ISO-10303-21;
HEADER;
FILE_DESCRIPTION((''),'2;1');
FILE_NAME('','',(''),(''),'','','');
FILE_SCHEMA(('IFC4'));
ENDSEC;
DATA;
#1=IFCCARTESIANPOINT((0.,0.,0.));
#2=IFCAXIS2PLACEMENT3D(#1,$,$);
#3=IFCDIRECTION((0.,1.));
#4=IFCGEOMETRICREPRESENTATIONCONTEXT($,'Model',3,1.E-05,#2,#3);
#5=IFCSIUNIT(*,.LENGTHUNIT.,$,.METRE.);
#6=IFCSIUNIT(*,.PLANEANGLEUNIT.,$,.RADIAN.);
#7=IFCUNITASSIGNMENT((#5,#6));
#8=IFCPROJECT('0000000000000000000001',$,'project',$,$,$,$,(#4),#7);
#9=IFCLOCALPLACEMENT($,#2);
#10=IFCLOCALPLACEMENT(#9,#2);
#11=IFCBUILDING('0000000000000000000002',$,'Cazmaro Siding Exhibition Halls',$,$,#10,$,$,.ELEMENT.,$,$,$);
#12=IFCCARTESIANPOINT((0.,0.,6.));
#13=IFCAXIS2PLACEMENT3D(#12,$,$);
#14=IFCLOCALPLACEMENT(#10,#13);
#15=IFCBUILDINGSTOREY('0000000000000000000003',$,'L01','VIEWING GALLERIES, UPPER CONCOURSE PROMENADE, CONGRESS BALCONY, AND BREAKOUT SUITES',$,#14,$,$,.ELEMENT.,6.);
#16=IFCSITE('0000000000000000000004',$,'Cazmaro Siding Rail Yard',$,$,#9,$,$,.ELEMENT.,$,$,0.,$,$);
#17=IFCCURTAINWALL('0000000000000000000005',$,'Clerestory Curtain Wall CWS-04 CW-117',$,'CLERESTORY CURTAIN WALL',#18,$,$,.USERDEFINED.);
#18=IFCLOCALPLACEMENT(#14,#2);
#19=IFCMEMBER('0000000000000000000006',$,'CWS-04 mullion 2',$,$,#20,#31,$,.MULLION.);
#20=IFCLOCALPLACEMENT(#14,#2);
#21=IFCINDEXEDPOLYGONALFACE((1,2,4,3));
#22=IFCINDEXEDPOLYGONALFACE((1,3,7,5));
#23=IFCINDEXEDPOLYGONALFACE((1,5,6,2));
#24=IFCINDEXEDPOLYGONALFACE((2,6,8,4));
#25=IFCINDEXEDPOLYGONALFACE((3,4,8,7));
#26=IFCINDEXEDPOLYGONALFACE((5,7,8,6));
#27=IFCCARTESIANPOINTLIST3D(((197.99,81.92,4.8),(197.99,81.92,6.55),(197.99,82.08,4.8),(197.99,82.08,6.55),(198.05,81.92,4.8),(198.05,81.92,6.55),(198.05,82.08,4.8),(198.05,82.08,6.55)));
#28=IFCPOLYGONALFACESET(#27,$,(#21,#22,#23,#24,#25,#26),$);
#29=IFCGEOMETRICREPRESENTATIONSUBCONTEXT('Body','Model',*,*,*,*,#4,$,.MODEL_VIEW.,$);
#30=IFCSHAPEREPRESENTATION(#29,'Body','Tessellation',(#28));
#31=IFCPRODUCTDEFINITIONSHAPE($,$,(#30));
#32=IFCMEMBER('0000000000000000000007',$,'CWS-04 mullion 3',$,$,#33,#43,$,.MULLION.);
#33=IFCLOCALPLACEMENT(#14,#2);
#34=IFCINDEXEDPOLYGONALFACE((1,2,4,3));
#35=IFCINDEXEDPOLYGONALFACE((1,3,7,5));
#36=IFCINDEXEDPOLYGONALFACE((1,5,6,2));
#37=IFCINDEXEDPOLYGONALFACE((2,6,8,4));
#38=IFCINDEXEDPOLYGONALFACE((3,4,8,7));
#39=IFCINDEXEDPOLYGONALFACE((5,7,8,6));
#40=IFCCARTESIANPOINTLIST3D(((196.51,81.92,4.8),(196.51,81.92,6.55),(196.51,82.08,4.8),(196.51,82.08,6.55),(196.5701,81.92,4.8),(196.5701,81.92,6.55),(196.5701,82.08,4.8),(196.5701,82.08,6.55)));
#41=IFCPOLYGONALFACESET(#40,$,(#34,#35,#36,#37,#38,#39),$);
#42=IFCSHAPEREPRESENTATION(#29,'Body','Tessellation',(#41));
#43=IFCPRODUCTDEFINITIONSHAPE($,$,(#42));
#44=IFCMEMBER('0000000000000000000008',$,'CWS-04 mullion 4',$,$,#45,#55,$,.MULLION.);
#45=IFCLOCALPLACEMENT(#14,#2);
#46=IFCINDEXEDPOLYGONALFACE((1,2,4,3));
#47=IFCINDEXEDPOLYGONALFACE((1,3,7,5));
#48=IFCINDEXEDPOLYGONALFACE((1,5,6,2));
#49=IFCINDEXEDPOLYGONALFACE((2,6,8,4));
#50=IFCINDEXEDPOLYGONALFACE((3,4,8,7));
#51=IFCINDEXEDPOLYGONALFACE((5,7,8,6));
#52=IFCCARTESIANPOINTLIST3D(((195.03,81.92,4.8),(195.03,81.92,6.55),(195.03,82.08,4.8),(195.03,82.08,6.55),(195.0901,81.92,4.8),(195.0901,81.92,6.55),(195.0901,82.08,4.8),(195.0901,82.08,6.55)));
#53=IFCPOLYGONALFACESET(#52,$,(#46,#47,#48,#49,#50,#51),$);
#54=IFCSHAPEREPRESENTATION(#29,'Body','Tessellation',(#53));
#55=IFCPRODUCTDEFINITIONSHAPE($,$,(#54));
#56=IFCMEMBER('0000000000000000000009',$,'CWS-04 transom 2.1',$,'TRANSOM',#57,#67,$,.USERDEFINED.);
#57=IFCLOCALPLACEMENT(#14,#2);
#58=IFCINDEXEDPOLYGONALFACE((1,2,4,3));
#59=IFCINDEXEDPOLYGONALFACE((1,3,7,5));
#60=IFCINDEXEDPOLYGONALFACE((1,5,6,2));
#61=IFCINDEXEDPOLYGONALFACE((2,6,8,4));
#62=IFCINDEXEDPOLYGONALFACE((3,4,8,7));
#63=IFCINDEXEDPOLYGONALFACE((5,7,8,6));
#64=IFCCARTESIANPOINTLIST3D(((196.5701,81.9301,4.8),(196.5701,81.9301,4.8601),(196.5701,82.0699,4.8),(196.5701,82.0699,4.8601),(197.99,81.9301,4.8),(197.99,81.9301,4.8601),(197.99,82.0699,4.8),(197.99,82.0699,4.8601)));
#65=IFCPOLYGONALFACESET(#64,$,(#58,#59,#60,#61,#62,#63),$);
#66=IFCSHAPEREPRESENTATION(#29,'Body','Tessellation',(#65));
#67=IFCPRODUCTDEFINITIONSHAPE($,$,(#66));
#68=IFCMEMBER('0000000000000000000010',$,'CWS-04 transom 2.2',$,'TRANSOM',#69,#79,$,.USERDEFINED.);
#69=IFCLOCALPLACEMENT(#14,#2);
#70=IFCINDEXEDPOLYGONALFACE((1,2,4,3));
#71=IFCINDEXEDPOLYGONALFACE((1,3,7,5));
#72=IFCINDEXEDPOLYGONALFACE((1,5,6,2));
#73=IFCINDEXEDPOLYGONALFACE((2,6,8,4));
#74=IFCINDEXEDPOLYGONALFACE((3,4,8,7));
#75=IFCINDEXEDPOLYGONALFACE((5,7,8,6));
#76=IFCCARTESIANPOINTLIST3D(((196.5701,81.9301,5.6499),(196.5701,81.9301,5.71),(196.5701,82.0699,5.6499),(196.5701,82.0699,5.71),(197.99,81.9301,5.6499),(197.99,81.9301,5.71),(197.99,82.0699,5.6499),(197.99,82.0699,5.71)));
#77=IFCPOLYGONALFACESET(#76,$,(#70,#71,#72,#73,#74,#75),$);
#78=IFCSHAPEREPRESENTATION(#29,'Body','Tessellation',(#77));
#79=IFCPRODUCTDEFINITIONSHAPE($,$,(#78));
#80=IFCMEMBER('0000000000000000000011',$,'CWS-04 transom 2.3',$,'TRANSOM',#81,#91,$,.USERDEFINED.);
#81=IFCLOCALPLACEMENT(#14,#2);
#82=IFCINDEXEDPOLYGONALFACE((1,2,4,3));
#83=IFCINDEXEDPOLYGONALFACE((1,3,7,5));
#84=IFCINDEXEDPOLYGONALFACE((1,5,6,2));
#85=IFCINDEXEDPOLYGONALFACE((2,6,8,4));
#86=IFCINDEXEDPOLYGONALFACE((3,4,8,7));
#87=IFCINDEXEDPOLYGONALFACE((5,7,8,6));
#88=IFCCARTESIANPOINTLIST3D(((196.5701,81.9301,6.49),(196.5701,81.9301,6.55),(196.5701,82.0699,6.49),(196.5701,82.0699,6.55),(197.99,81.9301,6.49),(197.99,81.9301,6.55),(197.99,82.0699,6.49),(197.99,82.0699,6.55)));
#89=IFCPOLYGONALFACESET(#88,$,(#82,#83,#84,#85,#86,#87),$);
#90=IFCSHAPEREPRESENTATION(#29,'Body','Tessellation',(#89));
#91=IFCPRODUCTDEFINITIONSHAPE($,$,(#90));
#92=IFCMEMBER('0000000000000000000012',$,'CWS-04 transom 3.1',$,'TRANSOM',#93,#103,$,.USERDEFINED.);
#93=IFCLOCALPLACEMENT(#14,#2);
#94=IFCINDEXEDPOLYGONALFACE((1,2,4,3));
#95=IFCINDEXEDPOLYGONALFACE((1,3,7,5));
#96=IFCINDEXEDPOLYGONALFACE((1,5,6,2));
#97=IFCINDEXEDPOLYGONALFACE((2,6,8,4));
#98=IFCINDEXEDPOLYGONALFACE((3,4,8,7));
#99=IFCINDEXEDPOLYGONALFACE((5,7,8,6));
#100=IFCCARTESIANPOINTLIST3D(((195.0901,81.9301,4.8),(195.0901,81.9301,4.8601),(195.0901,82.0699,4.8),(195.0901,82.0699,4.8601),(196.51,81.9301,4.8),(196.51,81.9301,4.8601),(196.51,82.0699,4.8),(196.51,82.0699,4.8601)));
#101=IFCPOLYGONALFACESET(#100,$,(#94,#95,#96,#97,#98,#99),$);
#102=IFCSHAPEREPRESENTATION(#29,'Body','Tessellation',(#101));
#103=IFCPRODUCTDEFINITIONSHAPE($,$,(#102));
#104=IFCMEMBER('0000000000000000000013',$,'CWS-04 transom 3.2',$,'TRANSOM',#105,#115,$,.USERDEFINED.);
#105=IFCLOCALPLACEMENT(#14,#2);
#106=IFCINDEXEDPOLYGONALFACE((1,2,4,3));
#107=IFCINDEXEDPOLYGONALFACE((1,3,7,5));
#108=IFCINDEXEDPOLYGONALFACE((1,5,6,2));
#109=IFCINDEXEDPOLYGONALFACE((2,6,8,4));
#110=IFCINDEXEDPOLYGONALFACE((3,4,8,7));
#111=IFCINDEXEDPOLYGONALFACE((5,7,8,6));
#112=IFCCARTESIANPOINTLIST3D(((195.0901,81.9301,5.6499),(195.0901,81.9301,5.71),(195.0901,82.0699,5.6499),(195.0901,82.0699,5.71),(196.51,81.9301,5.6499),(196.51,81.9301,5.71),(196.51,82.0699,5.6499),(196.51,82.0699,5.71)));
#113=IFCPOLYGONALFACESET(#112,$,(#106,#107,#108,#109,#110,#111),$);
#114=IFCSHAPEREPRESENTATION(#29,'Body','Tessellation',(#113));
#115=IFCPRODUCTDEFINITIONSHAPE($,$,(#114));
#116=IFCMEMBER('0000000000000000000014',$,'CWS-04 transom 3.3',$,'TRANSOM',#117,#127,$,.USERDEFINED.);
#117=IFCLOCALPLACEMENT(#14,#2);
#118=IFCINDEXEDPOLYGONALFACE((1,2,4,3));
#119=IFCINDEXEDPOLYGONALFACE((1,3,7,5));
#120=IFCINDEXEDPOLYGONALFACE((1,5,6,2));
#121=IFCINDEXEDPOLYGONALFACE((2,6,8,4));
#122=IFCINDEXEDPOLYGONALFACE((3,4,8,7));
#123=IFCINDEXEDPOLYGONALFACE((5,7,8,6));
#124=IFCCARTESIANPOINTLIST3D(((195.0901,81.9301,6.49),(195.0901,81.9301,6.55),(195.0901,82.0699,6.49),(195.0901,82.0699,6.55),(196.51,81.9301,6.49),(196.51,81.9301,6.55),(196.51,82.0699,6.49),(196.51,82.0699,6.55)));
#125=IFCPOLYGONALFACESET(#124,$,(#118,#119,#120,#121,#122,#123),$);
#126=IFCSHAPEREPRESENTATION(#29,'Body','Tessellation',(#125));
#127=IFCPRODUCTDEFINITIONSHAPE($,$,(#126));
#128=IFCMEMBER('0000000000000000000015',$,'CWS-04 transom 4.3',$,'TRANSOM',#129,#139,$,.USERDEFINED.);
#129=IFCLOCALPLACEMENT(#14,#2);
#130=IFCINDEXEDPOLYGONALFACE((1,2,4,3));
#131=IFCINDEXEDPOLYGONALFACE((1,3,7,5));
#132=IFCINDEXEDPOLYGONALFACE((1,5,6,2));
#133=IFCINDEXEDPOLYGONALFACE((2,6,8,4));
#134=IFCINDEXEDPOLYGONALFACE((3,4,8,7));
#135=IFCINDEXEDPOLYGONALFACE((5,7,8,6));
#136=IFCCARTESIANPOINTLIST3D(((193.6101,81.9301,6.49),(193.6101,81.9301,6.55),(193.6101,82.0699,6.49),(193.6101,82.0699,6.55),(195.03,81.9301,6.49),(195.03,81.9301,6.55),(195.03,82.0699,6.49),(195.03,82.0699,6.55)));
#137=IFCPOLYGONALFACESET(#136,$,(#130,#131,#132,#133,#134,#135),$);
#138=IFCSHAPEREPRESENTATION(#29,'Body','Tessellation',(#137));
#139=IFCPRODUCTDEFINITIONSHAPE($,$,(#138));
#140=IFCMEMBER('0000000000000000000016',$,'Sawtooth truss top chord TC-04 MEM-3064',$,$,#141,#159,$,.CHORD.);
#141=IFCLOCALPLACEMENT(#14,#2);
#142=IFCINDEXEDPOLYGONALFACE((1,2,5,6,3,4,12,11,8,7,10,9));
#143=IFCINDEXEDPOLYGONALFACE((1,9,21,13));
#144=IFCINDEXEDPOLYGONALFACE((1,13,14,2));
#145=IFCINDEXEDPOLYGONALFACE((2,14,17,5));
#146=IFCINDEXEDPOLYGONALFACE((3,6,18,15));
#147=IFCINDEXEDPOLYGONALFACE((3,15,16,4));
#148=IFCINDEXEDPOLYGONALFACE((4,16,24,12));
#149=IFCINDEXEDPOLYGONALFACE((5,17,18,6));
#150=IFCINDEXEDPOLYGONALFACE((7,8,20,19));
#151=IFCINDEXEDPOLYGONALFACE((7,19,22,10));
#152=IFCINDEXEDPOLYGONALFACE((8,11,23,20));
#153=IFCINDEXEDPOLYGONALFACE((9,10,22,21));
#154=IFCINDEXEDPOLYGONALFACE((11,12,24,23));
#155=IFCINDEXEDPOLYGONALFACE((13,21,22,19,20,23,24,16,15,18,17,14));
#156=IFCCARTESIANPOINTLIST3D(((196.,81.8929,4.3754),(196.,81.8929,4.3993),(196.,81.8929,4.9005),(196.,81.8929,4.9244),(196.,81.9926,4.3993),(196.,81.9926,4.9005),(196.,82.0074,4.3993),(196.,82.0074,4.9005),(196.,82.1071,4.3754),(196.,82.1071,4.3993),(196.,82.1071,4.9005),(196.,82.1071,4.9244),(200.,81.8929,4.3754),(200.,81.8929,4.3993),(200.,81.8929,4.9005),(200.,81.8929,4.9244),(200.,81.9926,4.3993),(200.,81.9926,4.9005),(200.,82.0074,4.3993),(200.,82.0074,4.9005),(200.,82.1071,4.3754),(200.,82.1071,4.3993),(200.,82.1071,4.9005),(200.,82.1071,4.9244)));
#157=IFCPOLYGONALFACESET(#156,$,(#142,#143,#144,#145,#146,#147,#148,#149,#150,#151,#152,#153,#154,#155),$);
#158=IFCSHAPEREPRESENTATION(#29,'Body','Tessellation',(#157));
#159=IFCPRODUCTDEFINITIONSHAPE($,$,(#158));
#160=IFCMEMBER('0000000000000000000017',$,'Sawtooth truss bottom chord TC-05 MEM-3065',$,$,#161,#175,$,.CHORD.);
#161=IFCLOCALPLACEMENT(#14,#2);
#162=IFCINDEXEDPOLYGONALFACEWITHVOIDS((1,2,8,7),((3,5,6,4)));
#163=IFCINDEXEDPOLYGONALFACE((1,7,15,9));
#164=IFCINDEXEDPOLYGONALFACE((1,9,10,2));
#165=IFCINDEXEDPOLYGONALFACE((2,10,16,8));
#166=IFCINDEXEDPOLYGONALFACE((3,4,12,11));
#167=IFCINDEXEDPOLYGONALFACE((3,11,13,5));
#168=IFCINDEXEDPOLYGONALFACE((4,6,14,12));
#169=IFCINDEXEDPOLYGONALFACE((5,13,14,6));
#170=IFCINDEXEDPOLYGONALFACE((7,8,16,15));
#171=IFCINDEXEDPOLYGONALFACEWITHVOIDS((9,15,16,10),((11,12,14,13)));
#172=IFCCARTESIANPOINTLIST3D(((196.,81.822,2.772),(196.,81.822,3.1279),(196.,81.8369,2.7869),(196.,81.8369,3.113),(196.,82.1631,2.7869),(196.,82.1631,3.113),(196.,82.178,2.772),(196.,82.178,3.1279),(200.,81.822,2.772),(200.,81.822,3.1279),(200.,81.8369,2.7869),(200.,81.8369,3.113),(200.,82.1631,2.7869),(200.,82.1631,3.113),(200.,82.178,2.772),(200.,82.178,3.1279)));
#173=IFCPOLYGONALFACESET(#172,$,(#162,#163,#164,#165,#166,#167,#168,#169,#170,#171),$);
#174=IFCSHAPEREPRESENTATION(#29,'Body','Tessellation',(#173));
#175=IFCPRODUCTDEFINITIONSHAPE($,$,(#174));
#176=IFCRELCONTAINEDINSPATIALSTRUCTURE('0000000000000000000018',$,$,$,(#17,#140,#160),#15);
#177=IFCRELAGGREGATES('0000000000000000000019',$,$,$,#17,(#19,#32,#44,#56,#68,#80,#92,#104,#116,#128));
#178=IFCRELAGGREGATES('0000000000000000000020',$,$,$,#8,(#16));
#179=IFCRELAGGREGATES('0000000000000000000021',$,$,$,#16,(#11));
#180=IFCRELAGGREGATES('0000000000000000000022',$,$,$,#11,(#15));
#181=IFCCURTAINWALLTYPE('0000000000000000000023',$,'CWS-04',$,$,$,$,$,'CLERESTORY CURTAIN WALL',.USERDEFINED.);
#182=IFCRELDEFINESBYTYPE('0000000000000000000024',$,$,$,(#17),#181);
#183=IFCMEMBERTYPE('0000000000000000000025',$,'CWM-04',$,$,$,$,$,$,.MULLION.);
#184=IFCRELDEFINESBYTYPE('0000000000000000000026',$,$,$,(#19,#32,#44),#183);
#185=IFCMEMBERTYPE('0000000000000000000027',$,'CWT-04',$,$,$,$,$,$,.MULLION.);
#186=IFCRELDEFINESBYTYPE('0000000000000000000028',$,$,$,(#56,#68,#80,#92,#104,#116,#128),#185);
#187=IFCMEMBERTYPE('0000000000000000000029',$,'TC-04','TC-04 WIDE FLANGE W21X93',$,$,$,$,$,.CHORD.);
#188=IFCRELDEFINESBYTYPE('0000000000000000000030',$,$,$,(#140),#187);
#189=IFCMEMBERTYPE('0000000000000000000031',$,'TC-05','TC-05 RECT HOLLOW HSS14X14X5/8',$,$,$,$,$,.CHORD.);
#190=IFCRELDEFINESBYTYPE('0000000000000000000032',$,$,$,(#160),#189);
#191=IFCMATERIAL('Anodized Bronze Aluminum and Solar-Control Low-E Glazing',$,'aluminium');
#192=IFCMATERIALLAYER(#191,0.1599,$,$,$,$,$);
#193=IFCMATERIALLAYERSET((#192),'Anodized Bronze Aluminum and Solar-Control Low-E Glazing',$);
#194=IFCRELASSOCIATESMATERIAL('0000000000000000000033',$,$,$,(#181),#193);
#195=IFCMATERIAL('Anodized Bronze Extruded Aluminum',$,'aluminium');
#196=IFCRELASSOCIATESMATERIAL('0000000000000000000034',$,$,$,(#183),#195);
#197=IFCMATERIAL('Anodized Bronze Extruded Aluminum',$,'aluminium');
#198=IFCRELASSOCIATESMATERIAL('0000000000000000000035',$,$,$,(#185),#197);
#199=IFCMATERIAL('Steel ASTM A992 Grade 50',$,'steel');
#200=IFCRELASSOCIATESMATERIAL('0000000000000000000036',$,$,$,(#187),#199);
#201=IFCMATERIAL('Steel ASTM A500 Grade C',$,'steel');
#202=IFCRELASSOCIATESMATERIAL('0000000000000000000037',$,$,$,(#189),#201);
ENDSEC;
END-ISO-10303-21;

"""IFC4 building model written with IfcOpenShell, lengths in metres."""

from ifc_helpers import new_model, si_unit, direction, frame, origin, origin_2d, place, context, subcontext, project, spatial, rectangle, hollow_rectangle, i_section, extrude, material, layer, layer_set, material_profile, profile_set, type_object, element, aggregate, save


model = new_model("IFC4")

# Units and contexts
model_context = context("Model", 3, precision=1e-05, world=origin(), true_north=direction((0.0, 1.0)))
body_context = subcontext(model_context, "Body", "Model", "MODEL_VIEW")
ifc_project = project(units=[si_unit("LENGTHUNIT", "METRE"), si_unit("PLANEANGLEUNIT", "RADIAN")], contexts=[model_context])

# Site, building, storey
site_placement = place(None, origin())
site = spatial("IfcSite", under=ifc_project, at=site_placement, Name="Cazmaro Siding Rail Yard", CompositionType="ELEMENT", RefElevation=0.0)
building_placement = place(site_placement, origin())
building = spatial("IfcBuilding", under=site, at=building_placement, Name="Cazmaro Siding Exhibition Halls", CompositionType="ELEMENT")
storey_placement = place(building_placement, frame((0.0, 0.0, 6.0)))
storey = spatial("IfcBuildingStorey", under=building, at=storey_placement, Name="L01", Description="VIEWING GALLERIES, UPPER CONCOURSE PROMENADE, CONGRESS BALCONY, AND BREAKOUT SUITES", CompositionType="ELEMENT", Elevation=6.0)

# Curtain wall, members
ifc_material_1 = material(Name="Anodized Bronze Aluminum and Solar-Control Low-E Glazing", Category="aluminium")
ifc_layer_1 = layer(ifc_material_1, 0.1599)
ifc_layer_set_1 = layer_set([ifc_layer_1], Name="Anodized Bronze Aluminum and Solar-Control Low-E Glazing")
curtain_wall_type = type_object("IfcCurtainWallType", Name="CWS-04", ElementType="CLERESTORY CURTAIN WALL", PredefinedType="USERDEFINED", material=ifc_layer_set_1)
curtain_wall_placement = place(storey_placement, origin())
curtain_wall = element("IfcCurtainWall", 1, at=curtain_wall_placement, inside=storey, type_object=curtain_wall_type, Name="Clerestory Curtain Wall CWS-04 CW-117", ObjectType="CLERESTORY CURTAIN WALL", PredefinedType="USERDEFINED")
ifc_material_2 = material(Name="Anodized Bronze Extruded Aluminum", Category="aluminium")
ifc_material_profile_1 = material_profile(ifc_material_2, rectangle(XDim=0.1599, YDim=0.0601, at=origin_2d()), Name="CWM-04")
ifc_profile_set_1 = profile_set([ifc_material_profile_1], Name="Anodized Bronze Extruded Aluminum")
member_type_1 = type_object("IfcMemberType", Name="CWM-04", PredefinedType="MULLION", material=ifc_profile_set_1)
member_1_placement = place(storey_placement, frame((198.02, 82.0, 4.8), z_axis=(0.0, 0.0, 1.0), x_axis=(0.0, -1.0, 0.0)))
member_1 = element("IfcMember", 2, at=member_1_placement, type_object=member_type_1, Name="CWS-04 mullion 2", PredefinedType="MULLION", context=body_context, shape_type="SweptSolid", body=[
    extrude(rectangle(XDim=0.1599, YDim=0.0601, at=origin_2d()), origin(), (0.0, 0.0, 1.0), 1.75),
])
member_2_placement = place(storey_placement, frame((196.54, 82.0, 4.8), z_axis=(0.0, 0.0, 1.0), x_axis=(0.0, -1.0, 0.0)))
member_2 = element("IfcMember", 3, at=member_2_placement, type_object=member_type_1, Name="CWS-04 mullion 3", PredefinedType="MULLION", context=body_context, shape_type="SweptSolid", body=[
    extrude(rectangle(XDim=0.1599, YDim=0.0601, at=origin_2d()), origin(), (0.0, 0.0, 1.0), 1.75),
])
member_3_placement = place(storey_placement, frame((195.0601, 82.0, 4.8), z_axis=(0.0, 0.0, 1.0), x_axis=(0.0, -1.0, 0.0)))
member_3 = element("IfcMember", 4, at=member_3_placement, type_object=member_type_1, Name="CWS-04 mullion 4", PredefinedType="MULLION", context=body_context, shape_type="SweptSolid", body=[
    extrude(rectangle(XDim=0.1599, YDim=0.0601, at=origin_2d()), origin(), (0.0, 0.0, 1.0), 1.75),
])
ifc_material_3 = material(Name="Anodized Bronze Extruded Aluminum", Category="aluminium")
ifc_material_profile_2 = material_profile(ifc_material_3, rectangle(XDim=0.1399, YDim=0.0601, at=origin_2d()), Name="CWT-04")
ifc_profile_set_2 = profile_set([ifc_material_profile_2], Name="Anodized Bronze Extruded Aluminum")
member_type_2 = type_object("IfcMemberType", Name="CWT-04", PredefinedType="MULLION", material=ifc_profile_set_2)
member_4_placement = place(storey_placement, frame((197.99, 82.0, 4.8301), z_axis=(-1.0, 0.0, 0.0), x_axis=(0.0, -1.0, 0.0)))
member_4 = element("IfcMember", 5, at=member_4_placement, type_object=member_type_2, Name="CWS-04 transom 2.1", ObjectType="TRANSOM", PredefinedType="USERDEFINED", context=body_context, shape_type="SweptSolid", body=[
    extrude(rectangle(XDim=0.1399, YDim=0.0601, at=origin_2d()), origin(), (0.0, 0.0, 1.0), 1.4199),
])
member_5_placement = place(storey_placement, frame((197.99, 82.0, 5.6799), z_axis=(-1.0, 0.0, 0.0), x_axis=(0.0, -1.0, 0.0)))
member_5 = element("IfcMember", 6, at=member_5_placement, type_object=member_type_2, Name="CWS-04 transom 2.2", ObjectType="TRANSOM", PredefinedType="USERDEFINED", context=body_context, shape_type="SweptSolid", body=[
    extrude(rectangle(XDim=0.1399, YDim=0.0601, at=origin_2d()), origin(), (0.0, 0.0, 1.0), 1.4199),
])
member_6_placement = place(storey_placement, frame((197.99, 82.0, 6.52), z_axis=(-1.0, 0.0, 0.0), x_axis=(0.0, -1.0, 0.0)))
member_6 = element("IfcMember", 7, at=member_6_placement, type_object=member_type_2, Name="CWS-04 transom 2.3", ObjectType="TRANSOM", PredefinedType="USERDEFINED", context=body_context, shape_type="SweptSolid", body=[
    extrude(rectangle(XDim=0.1399, YDim=0.0601, at=origin_2d()), origin(), (0.0, 0.0, 1.0), 1.4199),
])
member_7_placement = place(storey_placement, frame((196.51, 82.0, 4.8301), z_axis=(-1.0, 0.0, 0.0), x_axis=(0.0, -1.0, 0.0)))
member_7 = element("IfcMember", 8, at=member_7_placement, type_object=member_type_2, Name="CWS-04 transom 3.1", ObjectType="TRANSOM", PredefinedType="USERDEFINED", context=body_context, shape_type="SweptSolid", body=[
    extrude(rectangle(XDim=0.1399, YDim=0.0601, at=origin_2d()), origin(), (0.0, 0.0, 1.0), 1.4199),
])
member_8_placement = place(storey_placement, frame((196.51, 82.0, 5.6799), z_axis=(-1.0, 0.0, 0.0), x_axis=(0.0, -1.0, 0.0)))
member_8 = element("IfcMember", 9, at=member_8_placement, type_object=member_type_2, Name="CWS-04 transom 3.2", ObjectType="TRANSOM", PredefinedType="USERDEFINED", context=body_context, shape_type="SweptSolid", body=[
    extrude(rectangle(XDim=0.1399, YDim=0.0601, at=origin_2d()), origin(), (0.0, 0.0, 1.0), 1.4199),
])
member_9_placement = place(storey_placement, frame((196.51, 82.0, 6.52), z_axis=(-1.0, 0.0, 0.0), x_axis=(0.0, -1.0, 0.0)))
member_9 = element("IfcMember", 10, at=member_9_placement, type_object=member_type_2, Name="CWS-04 transom 3.3", ObjectType="TRANSOM", PredefinedType="USERDEFINED", context=body_context, shape_type="SweptSolid", body=[
    extrude(rectangle(XDim=0.1399, YDim=0.0601, at=origin_2d()), origin(), (0.0, 0.0, 1.0), 1.4199),
])
member_10_placement = place(storey_placement, frame((195.03, 82.0, 6.52), z_axis=(-1.0, 0.0, 0.0), x_axis=(0.0, -1.0, 0.0)))
member_10 = element("IfcMember", 11, at=member_10_placement, type_object=member_type_2, Name="CWS-04 transom 4.3", ObjectType="TRANSOM", PredefinedType="USERDEFINED", context=body_context, shape_type="SweptSolid", body=[
    extrude(rectangle(XDim=0.1399, YDim=0.0601, at=origin_2d()), origin(), (0.0, 0.0, 1.0), 1.4199),
])

# Members
ifc_material_4 = material(Name="Steel ASTM A992 Grade 50", Category="steel")
ifc_material_profile_3 = material_profile(ifc_material_4, i_section(OverallWidth=0.2141, OverallDepth=0.5491, WebThickness=0.0149, FlangeThickness=0.0239, at=origin_2d()), Name="W21X93")
ifc_profile_set_3 = profile_set([ifc_material_profile_3], Name="Steel ASTM A992 Grade 50")
member_type_3 = type_object("IfcMemberType", Name="TC-04", Description="TC-04 WIDE FLANGE W21X93", PredefinedType="CHORD", material=ifc_profile_set_3)
member_11_placement = place(storey_placement, frame((196.0, 82.0, 4.6499), z_axis=(1.0, 0.0, 0.0), x_axis=(0.0, 1.0, 0.0)))
element("IfcMember", 12, at=member_11_placement, inside=storey, type_object=member_type_3, Name="Sawtooth truss top chord TC-04 MEM-3064", PredefinedType="CHORD", context=body_context, shape_type="SweptSolid", body=[
    extrude(i_section(OverallWidth=0.2141, OverallDepth=0.5491, WebThickness=0.0149, FlangeThickness=0.0239, at=origin_2d()), origin(), (0.0, 0.0, 1.0), 4.0),
])
ifc_material_5 = material(Name="Steel ASTM A500 Grade C", Category="steel")
ifc_material_profile_4 = material_profile(ifc_material_5, hollow_rectangle(XDim=0.356, YDim=0.356, WallThickness=0.0149, at=origin_2d()), Name="HSS14X14X5/8")
ifc_profile_set_4 = profile_set([ifc_material_profile_4], Name="Steel ASTM A500 Grade C")
member_type_4 = type_object("IfcMemberType", Name="TC-05", Description="TC-05 RECT HOLLOW HSS14X14X5/8", PredefinedType="CHORD", material=ifc_profile_set_4)
member_12_placement = place(storey_placement, frame((196.0, 82.0, 2.95), z_axis=(1.0, 0.0, 0.0), x_axis=(0.0, 1.0, 0.0)))
element("IfcMember", 13, at=member_12_placement, inside=storey, type_object=member_type_4, Name="Sawtooth truss bottom chord TC-05 MEM-3065", PredefinedType="CHORD", context=body_context, shape_type="SweptSolid", body=[
    extrude(hollow_rectangle(XDim=0.356, YDim=0.356, WallThickness=0.0149, at=origin_2d()), origin(), (0.0, 0.0, 1.0), 4.0),
])

aggregate(curtain_wall, [member_1, member_2, member_3, member_4, member_5, member_6, member_7, member_8, member_9, member_10])

save(model, "model.ifc")
